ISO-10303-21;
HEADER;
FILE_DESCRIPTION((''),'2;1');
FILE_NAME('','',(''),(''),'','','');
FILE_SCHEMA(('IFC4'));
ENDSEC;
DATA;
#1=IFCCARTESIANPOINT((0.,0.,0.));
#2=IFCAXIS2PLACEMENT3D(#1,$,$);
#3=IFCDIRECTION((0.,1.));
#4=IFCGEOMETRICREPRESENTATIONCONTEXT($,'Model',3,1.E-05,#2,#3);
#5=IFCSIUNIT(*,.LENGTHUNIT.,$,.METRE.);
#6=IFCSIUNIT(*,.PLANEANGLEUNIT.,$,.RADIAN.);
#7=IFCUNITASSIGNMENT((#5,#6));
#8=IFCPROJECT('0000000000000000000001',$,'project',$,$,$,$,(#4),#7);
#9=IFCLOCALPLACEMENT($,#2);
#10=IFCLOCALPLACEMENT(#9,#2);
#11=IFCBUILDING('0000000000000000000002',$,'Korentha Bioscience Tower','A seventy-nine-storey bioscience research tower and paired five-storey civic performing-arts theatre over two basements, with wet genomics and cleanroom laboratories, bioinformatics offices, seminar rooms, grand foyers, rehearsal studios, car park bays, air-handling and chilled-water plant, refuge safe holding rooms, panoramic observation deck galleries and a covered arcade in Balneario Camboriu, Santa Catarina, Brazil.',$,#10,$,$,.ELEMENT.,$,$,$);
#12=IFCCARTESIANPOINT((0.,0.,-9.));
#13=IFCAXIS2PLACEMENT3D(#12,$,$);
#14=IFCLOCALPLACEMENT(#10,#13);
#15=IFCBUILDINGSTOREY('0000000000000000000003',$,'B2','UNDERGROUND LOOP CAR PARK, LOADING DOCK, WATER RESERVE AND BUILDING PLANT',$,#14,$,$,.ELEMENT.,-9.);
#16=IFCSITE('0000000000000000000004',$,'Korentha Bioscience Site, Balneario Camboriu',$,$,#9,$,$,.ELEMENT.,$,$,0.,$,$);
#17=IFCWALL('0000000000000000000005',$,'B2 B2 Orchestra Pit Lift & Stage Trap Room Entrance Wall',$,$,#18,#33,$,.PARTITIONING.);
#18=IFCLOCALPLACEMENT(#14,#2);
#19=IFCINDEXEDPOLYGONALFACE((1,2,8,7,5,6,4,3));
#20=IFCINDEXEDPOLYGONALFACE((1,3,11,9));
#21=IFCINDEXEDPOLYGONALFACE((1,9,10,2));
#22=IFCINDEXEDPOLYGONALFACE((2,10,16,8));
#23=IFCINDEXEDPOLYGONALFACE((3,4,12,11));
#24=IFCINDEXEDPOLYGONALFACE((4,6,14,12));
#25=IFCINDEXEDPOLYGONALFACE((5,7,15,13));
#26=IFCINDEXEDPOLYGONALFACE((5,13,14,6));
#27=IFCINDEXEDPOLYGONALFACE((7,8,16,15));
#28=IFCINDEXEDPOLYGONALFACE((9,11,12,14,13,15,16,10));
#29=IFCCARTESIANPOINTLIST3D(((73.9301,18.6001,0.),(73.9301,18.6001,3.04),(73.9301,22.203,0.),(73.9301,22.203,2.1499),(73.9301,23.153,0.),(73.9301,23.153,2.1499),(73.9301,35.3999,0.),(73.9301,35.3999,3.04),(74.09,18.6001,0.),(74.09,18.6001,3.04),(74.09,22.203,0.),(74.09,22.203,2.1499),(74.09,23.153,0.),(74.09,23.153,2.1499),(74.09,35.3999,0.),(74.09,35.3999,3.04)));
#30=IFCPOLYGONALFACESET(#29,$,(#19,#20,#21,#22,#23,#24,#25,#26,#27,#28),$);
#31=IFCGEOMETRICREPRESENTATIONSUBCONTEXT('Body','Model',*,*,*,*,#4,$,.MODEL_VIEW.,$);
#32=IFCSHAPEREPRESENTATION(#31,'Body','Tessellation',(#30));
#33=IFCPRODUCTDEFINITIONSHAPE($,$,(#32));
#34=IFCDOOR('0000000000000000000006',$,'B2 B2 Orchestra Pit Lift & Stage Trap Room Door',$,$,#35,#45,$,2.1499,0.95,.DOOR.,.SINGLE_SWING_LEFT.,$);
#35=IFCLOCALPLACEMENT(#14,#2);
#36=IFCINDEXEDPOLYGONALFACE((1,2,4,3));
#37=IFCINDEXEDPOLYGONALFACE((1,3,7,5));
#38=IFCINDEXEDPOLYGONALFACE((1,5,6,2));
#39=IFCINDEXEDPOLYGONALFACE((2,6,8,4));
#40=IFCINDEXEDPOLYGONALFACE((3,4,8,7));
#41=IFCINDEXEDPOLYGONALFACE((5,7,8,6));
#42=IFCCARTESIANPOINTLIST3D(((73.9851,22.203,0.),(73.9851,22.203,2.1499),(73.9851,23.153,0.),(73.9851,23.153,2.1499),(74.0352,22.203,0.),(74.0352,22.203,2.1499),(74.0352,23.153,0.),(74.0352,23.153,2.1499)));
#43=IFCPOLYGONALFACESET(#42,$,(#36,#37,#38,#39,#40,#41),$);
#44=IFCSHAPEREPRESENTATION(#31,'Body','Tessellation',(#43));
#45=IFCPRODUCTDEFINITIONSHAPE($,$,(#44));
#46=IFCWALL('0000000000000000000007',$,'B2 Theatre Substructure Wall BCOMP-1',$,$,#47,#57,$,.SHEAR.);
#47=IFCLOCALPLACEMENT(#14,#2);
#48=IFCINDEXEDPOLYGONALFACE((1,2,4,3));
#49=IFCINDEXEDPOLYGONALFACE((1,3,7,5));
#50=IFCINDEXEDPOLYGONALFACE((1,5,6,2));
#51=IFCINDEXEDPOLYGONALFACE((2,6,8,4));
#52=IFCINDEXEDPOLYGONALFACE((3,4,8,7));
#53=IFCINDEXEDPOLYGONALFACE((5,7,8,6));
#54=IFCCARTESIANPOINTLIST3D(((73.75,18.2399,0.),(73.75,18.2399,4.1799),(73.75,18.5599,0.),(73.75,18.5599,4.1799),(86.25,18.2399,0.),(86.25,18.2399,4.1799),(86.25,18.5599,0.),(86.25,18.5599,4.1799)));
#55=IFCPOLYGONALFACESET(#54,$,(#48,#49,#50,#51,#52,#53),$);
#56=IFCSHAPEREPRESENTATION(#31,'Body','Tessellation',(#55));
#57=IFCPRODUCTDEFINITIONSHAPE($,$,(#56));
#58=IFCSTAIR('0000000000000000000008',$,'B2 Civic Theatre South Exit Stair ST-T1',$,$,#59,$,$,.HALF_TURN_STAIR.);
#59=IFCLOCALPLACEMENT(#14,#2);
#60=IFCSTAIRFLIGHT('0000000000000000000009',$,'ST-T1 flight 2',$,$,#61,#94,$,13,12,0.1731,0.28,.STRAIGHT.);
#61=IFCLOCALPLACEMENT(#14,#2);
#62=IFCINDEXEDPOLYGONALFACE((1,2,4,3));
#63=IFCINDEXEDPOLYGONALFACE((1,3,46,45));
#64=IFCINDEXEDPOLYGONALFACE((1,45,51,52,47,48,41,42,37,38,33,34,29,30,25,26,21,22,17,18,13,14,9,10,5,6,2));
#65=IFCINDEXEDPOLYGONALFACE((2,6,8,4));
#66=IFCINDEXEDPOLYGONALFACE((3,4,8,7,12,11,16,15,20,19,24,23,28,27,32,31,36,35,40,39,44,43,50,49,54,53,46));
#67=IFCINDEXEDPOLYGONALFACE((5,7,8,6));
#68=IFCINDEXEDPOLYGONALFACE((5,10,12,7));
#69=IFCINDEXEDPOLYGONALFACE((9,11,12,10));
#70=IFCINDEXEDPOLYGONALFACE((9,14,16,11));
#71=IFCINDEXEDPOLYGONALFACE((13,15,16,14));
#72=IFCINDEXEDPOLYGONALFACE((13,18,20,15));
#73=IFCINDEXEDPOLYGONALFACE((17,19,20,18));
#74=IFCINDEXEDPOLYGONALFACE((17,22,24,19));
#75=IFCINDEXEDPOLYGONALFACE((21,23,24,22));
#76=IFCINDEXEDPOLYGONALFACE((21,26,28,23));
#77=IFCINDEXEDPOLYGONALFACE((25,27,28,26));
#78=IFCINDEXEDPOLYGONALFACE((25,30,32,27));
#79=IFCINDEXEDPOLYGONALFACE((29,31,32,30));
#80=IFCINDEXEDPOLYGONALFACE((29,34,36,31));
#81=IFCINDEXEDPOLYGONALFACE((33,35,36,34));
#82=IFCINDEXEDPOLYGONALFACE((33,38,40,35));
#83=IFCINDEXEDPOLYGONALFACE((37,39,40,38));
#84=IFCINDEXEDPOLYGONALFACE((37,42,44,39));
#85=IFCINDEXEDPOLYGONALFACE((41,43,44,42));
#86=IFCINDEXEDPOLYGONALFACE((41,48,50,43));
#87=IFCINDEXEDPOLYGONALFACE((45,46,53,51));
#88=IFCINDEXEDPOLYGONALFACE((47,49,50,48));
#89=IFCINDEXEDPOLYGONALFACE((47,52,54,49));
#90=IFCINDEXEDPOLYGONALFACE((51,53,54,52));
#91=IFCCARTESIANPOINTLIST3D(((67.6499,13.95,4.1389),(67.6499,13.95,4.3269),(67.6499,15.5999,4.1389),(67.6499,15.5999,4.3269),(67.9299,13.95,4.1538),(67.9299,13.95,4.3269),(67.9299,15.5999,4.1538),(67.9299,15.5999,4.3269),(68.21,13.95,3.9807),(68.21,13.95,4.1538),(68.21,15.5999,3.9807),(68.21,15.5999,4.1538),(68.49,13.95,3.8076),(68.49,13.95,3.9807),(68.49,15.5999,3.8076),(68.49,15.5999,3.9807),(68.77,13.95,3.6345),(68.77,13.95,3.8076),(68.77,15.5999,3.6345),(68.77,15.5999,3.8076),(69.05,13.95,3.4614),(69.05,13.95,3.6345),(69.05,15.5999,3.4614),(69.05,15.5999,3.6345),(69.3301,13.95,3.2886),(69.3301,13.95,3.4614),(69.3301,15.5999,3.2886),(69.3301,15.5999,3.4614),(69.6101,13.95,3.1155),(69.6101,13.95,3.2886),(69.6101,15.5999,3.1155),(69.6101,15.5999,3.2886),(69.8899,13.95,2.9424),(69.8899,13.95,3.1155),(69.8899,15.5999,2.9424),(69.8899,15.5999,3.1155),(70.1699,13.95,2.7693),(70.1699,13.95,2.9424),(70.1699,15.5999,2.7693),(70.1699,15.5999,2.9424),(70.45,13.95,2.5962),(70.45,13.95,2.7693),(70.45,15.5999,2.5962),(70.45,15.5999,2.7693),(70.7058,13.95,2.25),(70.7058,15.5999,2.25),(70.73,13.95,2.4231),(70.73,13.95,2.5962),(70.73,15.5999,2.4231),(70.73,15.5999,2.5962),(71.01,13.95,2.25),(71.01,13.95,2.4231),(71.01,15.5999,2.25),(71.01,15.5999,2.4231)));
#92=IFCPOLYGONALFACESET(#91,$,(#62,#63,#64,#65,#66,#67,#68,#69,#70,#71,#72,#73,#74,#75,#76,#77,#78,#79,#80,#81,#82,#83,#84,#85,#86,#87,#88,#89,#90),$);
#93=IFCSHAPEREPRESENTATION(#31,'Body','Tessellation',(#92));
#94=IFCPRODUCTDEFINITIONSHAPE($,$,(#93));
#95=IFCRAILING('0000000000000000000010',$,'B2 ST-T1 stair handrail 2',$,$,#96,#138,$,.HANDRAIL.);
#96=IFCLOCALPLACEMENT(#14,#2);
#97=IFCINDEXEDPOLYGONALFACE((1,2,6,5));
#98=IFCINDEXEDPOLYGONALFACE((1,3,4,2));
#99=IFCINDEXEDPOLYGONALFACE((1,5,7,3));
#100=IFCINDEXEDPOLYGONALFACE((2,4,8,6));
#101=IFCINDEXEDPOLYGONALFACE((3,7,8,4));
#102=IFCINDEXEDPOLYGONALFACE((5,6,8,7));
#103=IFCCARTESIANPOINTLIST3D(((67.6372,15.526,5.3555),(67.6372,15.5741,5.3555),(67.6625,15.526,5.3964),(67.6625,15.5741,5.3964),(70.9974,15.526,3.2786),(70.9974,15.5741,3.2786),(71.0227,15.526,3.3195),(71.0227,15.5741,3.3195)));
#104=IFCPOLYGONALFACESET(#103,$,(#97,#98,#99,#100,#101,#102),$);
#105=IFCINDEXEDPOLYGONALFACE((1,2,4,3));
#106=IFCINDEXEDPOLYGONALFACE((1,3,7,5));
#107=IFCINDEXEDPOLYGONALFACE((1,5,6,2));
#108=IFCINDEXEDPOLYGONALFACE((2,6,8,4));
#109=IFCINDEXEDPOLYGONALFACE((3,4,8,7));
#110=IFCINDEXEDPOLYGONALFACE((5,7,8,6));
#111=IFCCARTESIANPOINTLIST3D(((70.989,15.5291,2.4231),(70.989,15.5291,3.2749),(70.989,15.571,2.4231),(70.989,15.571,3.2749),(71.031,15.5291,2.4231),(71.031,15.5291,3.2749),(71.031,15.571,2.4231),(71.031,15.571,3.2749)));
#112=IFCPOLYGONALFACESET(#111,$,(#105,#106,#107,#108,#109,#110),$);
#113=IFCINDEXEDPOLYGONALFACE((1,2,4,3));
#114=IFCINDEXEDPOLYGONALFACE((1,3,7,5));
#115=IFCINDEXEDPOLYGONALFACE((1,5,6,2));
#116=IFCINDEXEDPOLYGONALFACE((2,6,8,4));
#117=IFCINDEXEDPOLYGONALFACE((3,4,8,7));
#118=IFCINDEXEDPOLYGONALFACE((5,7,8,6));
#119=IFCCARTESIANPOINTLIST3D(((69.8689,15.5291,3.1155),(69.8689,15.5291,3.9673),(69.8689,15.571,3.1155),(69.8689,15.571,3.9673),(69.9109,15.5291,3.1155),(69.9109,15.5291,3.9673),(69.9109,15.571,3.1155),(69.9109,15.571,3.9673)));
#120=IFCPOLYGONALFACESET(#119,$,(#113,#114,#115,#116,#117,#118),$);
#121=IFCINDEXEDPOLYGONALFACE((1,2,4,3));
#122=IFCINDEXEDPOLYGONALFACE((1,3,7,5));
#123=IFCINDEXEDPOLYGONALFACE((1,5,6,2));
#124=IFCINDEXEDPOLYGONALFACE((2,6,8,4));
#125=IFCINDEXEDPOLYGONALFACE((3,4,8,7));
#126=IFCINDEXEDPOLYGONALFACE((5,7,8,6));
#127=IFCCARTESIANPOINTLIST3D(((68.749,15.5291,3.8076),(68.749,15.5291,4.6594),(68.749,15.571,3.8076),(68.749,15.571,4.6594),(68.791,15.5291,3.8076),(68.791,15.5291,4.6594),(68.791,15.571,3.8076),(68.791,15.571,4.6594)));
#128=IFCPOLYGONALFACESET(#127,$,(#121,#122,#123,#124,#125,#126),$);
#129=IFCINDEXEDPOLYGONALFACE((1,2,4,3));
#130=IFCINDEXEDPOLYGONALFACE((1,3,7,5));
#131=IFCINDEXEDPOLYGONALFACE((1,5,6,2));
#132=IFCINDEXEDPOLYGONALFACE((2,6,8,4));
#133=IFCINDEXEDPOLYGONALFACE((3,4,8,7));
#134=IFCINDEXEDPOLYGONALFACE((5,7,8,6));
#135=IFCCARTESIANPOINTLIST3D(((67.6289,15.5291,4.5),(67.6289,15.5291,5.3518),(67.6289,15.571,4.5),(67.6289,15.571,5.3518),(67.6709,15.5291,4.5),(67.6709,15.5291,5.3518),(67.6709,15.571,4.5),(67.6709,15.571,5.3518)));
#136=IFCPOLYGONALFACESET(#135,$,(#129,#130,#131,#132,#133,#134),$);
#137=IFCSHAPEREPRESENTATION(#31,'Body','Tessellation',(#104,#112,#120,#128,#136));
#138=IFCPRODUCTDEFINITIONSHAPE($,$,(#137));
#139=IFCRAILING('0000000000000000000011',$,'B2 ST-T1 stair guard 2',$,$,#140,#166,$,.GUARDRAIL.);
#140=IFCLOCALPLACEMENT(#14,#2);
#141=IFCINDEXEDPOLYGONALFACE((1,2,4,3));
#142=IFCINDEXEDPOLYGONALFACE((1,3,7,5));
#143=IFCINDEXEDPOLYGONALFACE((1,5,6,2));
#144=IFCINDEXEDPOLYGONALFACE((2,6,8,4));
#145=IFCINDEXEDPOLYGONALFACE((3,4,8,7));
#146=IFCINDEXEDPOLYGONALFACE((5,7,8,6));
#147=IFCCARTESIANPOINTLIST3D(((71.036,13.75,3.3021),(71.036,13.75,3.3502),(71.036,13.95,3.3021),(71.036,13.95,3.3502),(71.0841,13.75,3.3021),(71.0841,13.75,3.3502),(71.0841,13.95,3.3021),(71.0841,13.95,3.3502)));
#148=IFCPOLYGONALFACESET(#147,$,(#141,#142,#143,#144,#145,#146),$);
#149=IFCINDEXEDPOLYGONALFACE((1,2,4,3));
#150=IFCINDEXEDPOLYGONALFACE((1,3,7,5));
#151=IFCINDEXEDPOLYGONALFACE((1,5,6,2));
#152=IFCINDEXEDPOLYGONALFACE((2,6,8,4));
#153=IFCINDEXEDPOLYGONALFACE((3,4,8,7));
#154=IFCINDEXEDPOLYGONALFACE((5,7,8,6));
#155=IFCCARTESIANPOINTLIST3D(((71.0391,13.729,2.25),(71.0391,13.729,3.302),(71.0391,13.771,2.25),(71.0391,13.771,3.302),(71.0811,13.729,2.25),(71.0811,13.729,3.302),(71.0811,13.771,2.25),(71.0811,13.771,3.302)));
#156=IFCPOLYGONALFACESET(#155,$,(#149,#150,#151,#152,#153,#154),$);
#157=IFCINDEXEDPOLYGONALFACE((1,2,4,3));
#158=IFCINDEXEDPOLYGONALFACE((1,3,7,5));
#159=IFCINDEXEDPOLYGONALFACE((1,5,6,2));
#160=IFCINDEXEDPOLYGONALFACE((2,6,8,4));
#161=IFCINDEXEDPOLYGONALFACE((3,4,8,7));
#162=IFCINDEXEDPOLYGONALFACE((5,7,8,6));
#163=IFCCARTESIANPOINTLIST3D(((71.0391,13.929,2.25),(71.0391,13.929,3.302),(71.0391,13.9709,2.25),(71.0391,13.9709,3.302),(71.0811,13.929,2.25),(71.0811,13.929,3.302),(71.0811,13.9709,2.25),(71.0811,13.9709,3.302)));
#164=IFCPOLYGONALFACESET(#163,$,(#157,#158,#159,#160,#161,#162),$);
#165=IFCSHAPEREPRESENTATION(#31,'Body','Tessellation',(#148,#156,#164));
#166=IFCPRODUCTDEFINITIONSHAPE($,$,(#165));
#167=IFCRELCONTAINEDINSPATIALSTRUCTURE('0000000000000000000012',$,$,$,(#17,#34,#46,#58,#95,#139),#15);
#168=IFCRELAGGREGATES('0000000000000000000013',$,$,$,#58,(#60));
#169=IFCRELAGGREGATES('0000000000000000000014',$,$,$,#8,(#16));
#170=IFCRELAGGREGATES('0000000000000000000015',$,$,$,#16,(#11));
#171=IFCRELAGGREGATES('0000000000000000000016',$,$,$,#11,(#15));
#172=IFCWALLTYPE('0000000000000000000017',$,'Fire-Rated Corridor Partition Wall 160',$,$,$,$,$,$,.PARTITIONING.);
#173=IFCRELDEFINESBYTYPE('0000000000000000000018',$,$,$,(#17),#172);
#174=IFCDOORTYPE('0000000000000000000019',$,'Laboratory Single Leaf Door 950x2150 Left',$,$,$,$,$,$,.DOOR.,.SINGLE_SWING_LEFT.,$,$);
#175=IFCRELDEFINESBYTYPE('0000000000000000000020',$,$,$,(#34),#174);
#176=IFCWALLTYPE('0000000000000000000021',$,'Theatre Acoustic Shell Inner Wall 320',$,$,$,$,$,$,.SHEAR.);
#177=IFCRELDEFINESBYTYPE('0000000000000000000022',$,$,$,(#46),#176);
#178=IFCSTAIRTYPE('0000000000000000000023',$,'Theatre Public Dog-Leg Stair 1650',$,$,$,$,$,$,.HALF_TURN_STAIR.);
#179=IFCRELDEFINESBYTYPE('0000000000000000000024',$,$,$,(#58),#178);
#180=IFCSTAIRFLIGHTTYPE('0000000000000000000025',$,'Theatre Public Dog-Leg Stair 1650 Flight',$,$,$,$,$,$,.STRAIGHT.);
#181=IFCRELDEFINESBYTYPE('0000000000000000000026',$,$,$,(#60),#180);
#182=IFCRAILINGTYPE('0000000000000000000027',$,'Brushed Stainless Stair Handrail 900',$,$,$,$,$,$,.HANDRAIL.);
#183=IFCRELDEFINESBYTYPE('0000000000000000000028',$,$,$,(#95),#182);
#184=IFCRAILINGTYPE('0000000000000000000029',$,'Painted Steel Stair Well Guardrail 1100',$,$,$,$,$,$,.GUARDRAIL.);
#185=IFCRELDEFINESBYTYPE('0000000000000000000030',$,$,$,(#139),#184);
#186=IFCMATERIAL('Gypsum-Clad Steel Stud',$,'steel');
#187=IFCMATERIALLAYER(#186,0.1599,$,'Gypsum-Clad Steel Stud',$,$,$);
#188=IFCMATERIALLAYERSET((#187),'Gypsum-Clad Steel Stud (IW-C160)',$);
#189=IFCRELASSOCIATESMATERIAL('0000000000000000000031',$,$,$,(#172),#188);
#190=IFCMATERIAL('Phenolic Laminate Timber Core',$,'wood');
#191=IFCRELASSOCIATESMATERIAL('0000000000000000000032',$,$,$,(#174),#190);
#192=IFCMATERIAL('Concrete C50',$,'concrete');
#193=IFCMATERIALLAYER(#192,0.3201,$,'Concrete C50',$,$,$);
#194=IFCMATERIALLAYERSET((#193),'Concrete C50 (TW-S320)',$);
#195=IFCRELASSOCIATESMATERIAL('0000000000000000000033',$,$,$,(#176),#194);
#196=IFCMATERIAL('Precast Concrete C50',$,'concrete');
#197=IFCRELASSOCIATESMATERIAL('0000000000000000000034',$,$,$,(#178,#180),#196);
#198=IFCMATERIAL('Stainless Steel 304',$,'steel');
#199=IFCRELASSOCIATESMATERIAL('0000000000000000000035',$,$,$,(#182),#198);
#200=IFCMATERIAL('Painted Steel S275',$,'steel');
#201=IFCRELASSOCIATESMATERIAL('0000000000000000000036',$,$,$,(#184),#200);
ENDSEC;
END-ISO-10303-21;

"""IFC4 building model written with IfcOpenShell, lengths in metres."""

from ifc_helpers import new_model, si_unit, direction, frame, frame_2d, origin, origin_2d, place, context, subcontext, project, spatial, polyline, rectangle, outline, extrude, material, layer, layer_set, type_object, element, fill, aggregate, save


model = new_model("IFC4")

# Units and contexts
model_context = context("Model", 3, precision=1e-05, world=origin(), true_north=direction((0.0, 1.0)))
body_context = subcontext(model_context, "Body", "Model", "MODEL_VIEW")
ifc_project = project(units=[si_unit("LENGTHUNIT", "METRE"), si_unit("PLANEANGLEUNIT", "RADIAN")], contexts=[model_context])

# Site, building, storey
site_placement = place(None, origin())
site = spatial("IfcSite", under=ifc_project, at=site_placement, Name="Korentha Bioscience Site, Balneario Camboriu", CompositionType="ELEMENT", RefElevation=0.0)
building_placement = place(site_placement, origin())
building = spatial("IfcBuilding", under=site, at=building_placement, Name="Korentha Bioscience Tower", Description="A seventy-nine-storey bioscience research tower and paired five-storey civic performing-arts theatre over two basements, with wet genomics and cleanroom laboratories, bioinformatics offices, seminar rooms, grand foyers, rehearsal studios, car park bays, air-handling and chilled-water plant, refuge safe holding rooms, panoramic observation deck galleries and a covered arcade in Balneario Camboriu, Santa Catarina, Brazil.", CompositionType="ELEMENT")
storey_placement = place(building_placement, frame((0.0, 0.0, -9.0)))
storey = spatial("IfcBuildingStorey", under=building, at=storey_placement, Name="B2", Description="UNDERGROUND LOOP CAR PARK, LOADING DOCK, WATER RESERVE AND BUILDING PLANT", CompositionType="ELEMENT", Elevation=-9.0)

# Shared definitions
ifc_material_1 = material(Name="Concrete C50", Category="concrete")

# Wall, opening, door
ifc_material_2 = material(Name="Gypsum-Clad Steel Stud", Category="steel")
ifc_layer_1 = layer(ifc_material_2, 0.1599, Name="Gypsum-Clad Steel Stud")
ifc_layer_set_1 = layer_set([ifc_layer_1], Name="Gypsum-Clad Steel Stud (IW-C160)")
wall_type_1 = type_object("IfcWallType", Name="Fire-Rated Corridor Partition Wall 160", PredefinedType="PARTITIONING", material=ifc_layer_set_1)
wall_1_placement = place(storey_placement, frame((74.01, 18.6001, 0.0), z_axis=(0.0, 0.0, 1.0), x_axis=(0.0, 1.0, 0.0)))
wall_1 = element("IfcWall", 1, at=wall_1_placement, inside=storey, type_object=wall_type_1, Name="B2 B2 Orchestra Pit Lift & Stage Trap Room Entrance Wall", PredefinedType="PARTITIONING", context=body_context, shape_type="SweptSolid", body=[
    extrude(rectangle(XDim=16.7998, YDim=0.1599, at=frame_2d((8.3999, 0.0))), origin(), (0.0, 0.0, 1.0), 3.04),
])
opening_placement = place(wall_1_placement, frame((3.6028, 0.0, 0.0)))
opening = element("IfcOpeningElement", 2, at=opening_placement, cuts=wall_1, PredefinedType="OPENING", context=body_context, shape_type="SweptSolid", body=[
    extrude(rectangle(XDim=0.95, YDim=2.1499, at=frame_2d((0.4751, 1.075))), frame((0.0, 0.0947, 0.0), z_axis=(0.0, -1.0, 0.0), x_axis=(1.0, 0.0, 0.0)), (0.0, 0.0, 1.0), 0.1897),
])
ifc_material_3 = material(Name="Phenolic Laminate Timber Core", Category="wood")
door_type = type_object("IfcDoorType", Name="Laboratory Single Leaf Door 950x2150 Left", OperationType="SINGLE_SWING_LEFT", PredefinedType="DOOR", material=ifc_material_3)
door_placement = place(opening_placement, origin())
door = element("IfcDoor", 3, at=door_placement, inside=storey, type_object=door_type, Name="B2 B2 Orchestra Pit Lift & Stage Trap Room Door", OperationType="SINGLE_SWING_LEFT", OverallHeight=2.1499, OverallWidth=0.95, PredefinedType="DOOR", context=body_context, shape_type="SweptSolid", body=[
    extrude(rectangle(XDim=0.95, YDim=2.1499, at=frame_2d((0.4751, 1.075))), frame((0.0, 0.0249, 0.0), z_axis=(0.0, -1.0, 0.0), x_axis=(1.0, 0.0, 0.0)), (0.0, 0.0, 1.0), 0.05),
])
fill(opening, door)

# Wall
ifc_layer_2 = layer(ifc_material_1, 0.3201, Name="Concrete C50")
ifc_layer_set_2 = layer_set([ifc_layer_2], Name="Concrete C50 (TW-S320)")
wall_type_2 = type_object("IfcWallType", Name="Theatre Acoustic Shell Inner Wall 320", PredefinedType="SHEAR", material=ifc_layer_set_2)
wall_2_placement = place(storey_placement, frame((73.75, 18.3999, 0.0), z_axis=(0.0, 0.0, 1.0), x_axis=(1.0, 0.0, 0.0)))
element("IfcWall", 4, at=wall_2_placement, inside=storey, type_object=wall_type_2, Name="B2 Theatre Substructure Wall BCOMP-1", PredefinedType="SHEAR", context=body_context, shape_type="SweptSolid", body=[
    extrude(rectangle(XDim=12.5, YDim=0.3201, at=frame_2d((6.25, 0.0))), origin(), (0.0, 0.0, 1.0), 4.1799),
])

# Stair, stair flight
ifc_material_4 = material(Name="Precast Concrete C50", Category="concrete")
stair_type = type_object("IfcStairType", Name="Theatre Public Dog-Leg Stair 1650", PredefinedType="HALF_TURN_STAIR", material=ifc_material_4)
stair_placement = place(storey_placement, origin())
stair = element("IfcStair", 5, at=stair_placement, inside=storey, type_object=stair_type, Name="B2 Civic Theatre South Exit Stair ST-T1", PredefinedType="HALF_TURN_STAIR")
stair_flight_type = type_object("IfcStairFlightType", Name="Theatre Public Dog-Leg Stair 1650 Flight", PredefinedType="STRAIGHT", material=ifc_material_4)
stair_flight_placement = place(storey_placement, frame((71.01, 14.7749, 2.25), z_axis=(0.0, 0.0, 1.0), x_axis=(-1.0, 0.0, 0.0)))
stair_flight = element("IfcStairFlight", 6, at=stair_flight_placement, type_object=stair_flight_type, Name="ST-T1 flight 2", NumberOfRisers=13, NumberOfTreads=12, PredefinedType="STRAIGHT", RiserHeight=0.1731, TreadLength=0.28, context=body_context, shape_type="SweptSolid", body=[
    extrude(outline(polyline([(0.0, 0.0), (0.0, 0.1731), (0.28, 0.1731), (0.28, 0.3462), (0.5601, 0.3462), (0.5601, 0.5193), (0.8401, 0.5193), (0.8401, 0.6924), (1.1201, 0.6924), (1.1201, 0.8655), (1.3999, 0.8655), (1.3999, 1.0386), (1.6799, 1.0386), (1.6799, 1.2114), (1.96, 1.2114), (1.96, 1.3845), (2.24, 1.3845), (2.24, 1.5576), (2.52, 1.5576), (2.52, 1.7307), (2.8, 1.7307), (2.8, 1.9038), (3.0801, 1.9038), (3.0801, 2.0769), (3.3601, 2.0769), (3.3601, 2.25), (3.3601, 1.8889), (0.3042, 0.0), (0.0, 0.0)])), frame((0.0, 0.825, 0.0), z_axis=(0.0, -1.0, 0.0), x_axis=(1.0, 0.0, 0.0)), (0.0, 0.0, 1.0), 1.6499),
])
aggregate(stair, [stair_flight])

# Railings
ifc_material_5 = material(Name="Stainless Steel 304", Category="steel")
railing_type_1 = type_object("IfcRailingType", Name="Brushed Stainless Stair Handrail 900", PredefinedType="HANDRAIL", material=ifc_material_5)
railing_1_placement = place(storey_placement, frame((71.01, 15.55, 2.4231)))
element("IfcRailing", 7, at=railing_1_placement, inside=storey, type_object=railing_type_1, Name="B2 ST-T1 stair handrail 2", PredefinedType="HANDRAIL", context=body_context, shape_type="SweptSolid", body=[
    extrude(rectangle(XDim=0.0481, YDim=0.0481, at=origin_2d()), frame((0.0, 0.0, 0.876), z_axis=(-0.850623, 0.0, 0.525776), x_axis=(0.0, -1.0, 0.0)), (0.0, 0.0, 1.0), 3.9502),
    extrude(rectangle(XDim=0.042, YDim=0.042, at=origin_2d()), origin(), (0.0, 0.0, 1.0), 0.8518),
    extrude(rectangle(XDim=0.042, YDim=0.042, at=origin_2d()), frame((-1.1201, 0.0, 0.6924)), (0.0, 0.0, 1.0), 0.8518),
    extrude(rectangle(XDim=0.042, YDim=0.042, at=origin_2d()), frame((-2.24, 0.0, 1.3845)), (0.0, 0.0, 1.0), 0.8518),
    extrude(rectangle(XDim=0.042, YDim=0.042, at=origin_2d()), frame((-3.3601, 0.0, 2.0769)), (0.0, 0.0, 1.0), 0.8518),
])
ifc_material_6 = material(Name="Painted Steel S275", Category="steel")
railing_type_2 = type_object("IfcRailingType", Name="Painted Steel Stair Well Guardrail 1100", PredefinedType="GUARDRAIL", material=ifc_material_6)
railing_2_placement = place(storey_placement, frame((71.0601, 13.75, 2.25)))
element("IfcRailing", 8, at=railing_2_placement, inside=storey, type_object=railing_type_2, Name="B2 ST-T1 stair guard 2", PredefinedType="GUARDRAIL", context=body_context, shape_type="SweptSolid", body=[
    extrude(rectangle(XDim=0.0481, YDim=0.0481, at=origin_2d()), frame((0.0, 0.0, 1.0762), z_axis=(0.0, 1.0, 0.0), x_axis=(-1.0, 0.0, 0.0)), (0.0, 0.0, 1.0), 0.2),
    extrude(rectangle(XDim=0.042, YDim=0.042, at=origin_2d()), origin(), (0.0, 0.0, 1.0), 1.052),
    extrude(rectangle(XDim=0.042, YDim=0.042, at=origin_2d()), frame((0.0, 0.2, 0.0)), (0.0, 0.0, 1.0), 1.052),
])

save(model, "model.ifc")
